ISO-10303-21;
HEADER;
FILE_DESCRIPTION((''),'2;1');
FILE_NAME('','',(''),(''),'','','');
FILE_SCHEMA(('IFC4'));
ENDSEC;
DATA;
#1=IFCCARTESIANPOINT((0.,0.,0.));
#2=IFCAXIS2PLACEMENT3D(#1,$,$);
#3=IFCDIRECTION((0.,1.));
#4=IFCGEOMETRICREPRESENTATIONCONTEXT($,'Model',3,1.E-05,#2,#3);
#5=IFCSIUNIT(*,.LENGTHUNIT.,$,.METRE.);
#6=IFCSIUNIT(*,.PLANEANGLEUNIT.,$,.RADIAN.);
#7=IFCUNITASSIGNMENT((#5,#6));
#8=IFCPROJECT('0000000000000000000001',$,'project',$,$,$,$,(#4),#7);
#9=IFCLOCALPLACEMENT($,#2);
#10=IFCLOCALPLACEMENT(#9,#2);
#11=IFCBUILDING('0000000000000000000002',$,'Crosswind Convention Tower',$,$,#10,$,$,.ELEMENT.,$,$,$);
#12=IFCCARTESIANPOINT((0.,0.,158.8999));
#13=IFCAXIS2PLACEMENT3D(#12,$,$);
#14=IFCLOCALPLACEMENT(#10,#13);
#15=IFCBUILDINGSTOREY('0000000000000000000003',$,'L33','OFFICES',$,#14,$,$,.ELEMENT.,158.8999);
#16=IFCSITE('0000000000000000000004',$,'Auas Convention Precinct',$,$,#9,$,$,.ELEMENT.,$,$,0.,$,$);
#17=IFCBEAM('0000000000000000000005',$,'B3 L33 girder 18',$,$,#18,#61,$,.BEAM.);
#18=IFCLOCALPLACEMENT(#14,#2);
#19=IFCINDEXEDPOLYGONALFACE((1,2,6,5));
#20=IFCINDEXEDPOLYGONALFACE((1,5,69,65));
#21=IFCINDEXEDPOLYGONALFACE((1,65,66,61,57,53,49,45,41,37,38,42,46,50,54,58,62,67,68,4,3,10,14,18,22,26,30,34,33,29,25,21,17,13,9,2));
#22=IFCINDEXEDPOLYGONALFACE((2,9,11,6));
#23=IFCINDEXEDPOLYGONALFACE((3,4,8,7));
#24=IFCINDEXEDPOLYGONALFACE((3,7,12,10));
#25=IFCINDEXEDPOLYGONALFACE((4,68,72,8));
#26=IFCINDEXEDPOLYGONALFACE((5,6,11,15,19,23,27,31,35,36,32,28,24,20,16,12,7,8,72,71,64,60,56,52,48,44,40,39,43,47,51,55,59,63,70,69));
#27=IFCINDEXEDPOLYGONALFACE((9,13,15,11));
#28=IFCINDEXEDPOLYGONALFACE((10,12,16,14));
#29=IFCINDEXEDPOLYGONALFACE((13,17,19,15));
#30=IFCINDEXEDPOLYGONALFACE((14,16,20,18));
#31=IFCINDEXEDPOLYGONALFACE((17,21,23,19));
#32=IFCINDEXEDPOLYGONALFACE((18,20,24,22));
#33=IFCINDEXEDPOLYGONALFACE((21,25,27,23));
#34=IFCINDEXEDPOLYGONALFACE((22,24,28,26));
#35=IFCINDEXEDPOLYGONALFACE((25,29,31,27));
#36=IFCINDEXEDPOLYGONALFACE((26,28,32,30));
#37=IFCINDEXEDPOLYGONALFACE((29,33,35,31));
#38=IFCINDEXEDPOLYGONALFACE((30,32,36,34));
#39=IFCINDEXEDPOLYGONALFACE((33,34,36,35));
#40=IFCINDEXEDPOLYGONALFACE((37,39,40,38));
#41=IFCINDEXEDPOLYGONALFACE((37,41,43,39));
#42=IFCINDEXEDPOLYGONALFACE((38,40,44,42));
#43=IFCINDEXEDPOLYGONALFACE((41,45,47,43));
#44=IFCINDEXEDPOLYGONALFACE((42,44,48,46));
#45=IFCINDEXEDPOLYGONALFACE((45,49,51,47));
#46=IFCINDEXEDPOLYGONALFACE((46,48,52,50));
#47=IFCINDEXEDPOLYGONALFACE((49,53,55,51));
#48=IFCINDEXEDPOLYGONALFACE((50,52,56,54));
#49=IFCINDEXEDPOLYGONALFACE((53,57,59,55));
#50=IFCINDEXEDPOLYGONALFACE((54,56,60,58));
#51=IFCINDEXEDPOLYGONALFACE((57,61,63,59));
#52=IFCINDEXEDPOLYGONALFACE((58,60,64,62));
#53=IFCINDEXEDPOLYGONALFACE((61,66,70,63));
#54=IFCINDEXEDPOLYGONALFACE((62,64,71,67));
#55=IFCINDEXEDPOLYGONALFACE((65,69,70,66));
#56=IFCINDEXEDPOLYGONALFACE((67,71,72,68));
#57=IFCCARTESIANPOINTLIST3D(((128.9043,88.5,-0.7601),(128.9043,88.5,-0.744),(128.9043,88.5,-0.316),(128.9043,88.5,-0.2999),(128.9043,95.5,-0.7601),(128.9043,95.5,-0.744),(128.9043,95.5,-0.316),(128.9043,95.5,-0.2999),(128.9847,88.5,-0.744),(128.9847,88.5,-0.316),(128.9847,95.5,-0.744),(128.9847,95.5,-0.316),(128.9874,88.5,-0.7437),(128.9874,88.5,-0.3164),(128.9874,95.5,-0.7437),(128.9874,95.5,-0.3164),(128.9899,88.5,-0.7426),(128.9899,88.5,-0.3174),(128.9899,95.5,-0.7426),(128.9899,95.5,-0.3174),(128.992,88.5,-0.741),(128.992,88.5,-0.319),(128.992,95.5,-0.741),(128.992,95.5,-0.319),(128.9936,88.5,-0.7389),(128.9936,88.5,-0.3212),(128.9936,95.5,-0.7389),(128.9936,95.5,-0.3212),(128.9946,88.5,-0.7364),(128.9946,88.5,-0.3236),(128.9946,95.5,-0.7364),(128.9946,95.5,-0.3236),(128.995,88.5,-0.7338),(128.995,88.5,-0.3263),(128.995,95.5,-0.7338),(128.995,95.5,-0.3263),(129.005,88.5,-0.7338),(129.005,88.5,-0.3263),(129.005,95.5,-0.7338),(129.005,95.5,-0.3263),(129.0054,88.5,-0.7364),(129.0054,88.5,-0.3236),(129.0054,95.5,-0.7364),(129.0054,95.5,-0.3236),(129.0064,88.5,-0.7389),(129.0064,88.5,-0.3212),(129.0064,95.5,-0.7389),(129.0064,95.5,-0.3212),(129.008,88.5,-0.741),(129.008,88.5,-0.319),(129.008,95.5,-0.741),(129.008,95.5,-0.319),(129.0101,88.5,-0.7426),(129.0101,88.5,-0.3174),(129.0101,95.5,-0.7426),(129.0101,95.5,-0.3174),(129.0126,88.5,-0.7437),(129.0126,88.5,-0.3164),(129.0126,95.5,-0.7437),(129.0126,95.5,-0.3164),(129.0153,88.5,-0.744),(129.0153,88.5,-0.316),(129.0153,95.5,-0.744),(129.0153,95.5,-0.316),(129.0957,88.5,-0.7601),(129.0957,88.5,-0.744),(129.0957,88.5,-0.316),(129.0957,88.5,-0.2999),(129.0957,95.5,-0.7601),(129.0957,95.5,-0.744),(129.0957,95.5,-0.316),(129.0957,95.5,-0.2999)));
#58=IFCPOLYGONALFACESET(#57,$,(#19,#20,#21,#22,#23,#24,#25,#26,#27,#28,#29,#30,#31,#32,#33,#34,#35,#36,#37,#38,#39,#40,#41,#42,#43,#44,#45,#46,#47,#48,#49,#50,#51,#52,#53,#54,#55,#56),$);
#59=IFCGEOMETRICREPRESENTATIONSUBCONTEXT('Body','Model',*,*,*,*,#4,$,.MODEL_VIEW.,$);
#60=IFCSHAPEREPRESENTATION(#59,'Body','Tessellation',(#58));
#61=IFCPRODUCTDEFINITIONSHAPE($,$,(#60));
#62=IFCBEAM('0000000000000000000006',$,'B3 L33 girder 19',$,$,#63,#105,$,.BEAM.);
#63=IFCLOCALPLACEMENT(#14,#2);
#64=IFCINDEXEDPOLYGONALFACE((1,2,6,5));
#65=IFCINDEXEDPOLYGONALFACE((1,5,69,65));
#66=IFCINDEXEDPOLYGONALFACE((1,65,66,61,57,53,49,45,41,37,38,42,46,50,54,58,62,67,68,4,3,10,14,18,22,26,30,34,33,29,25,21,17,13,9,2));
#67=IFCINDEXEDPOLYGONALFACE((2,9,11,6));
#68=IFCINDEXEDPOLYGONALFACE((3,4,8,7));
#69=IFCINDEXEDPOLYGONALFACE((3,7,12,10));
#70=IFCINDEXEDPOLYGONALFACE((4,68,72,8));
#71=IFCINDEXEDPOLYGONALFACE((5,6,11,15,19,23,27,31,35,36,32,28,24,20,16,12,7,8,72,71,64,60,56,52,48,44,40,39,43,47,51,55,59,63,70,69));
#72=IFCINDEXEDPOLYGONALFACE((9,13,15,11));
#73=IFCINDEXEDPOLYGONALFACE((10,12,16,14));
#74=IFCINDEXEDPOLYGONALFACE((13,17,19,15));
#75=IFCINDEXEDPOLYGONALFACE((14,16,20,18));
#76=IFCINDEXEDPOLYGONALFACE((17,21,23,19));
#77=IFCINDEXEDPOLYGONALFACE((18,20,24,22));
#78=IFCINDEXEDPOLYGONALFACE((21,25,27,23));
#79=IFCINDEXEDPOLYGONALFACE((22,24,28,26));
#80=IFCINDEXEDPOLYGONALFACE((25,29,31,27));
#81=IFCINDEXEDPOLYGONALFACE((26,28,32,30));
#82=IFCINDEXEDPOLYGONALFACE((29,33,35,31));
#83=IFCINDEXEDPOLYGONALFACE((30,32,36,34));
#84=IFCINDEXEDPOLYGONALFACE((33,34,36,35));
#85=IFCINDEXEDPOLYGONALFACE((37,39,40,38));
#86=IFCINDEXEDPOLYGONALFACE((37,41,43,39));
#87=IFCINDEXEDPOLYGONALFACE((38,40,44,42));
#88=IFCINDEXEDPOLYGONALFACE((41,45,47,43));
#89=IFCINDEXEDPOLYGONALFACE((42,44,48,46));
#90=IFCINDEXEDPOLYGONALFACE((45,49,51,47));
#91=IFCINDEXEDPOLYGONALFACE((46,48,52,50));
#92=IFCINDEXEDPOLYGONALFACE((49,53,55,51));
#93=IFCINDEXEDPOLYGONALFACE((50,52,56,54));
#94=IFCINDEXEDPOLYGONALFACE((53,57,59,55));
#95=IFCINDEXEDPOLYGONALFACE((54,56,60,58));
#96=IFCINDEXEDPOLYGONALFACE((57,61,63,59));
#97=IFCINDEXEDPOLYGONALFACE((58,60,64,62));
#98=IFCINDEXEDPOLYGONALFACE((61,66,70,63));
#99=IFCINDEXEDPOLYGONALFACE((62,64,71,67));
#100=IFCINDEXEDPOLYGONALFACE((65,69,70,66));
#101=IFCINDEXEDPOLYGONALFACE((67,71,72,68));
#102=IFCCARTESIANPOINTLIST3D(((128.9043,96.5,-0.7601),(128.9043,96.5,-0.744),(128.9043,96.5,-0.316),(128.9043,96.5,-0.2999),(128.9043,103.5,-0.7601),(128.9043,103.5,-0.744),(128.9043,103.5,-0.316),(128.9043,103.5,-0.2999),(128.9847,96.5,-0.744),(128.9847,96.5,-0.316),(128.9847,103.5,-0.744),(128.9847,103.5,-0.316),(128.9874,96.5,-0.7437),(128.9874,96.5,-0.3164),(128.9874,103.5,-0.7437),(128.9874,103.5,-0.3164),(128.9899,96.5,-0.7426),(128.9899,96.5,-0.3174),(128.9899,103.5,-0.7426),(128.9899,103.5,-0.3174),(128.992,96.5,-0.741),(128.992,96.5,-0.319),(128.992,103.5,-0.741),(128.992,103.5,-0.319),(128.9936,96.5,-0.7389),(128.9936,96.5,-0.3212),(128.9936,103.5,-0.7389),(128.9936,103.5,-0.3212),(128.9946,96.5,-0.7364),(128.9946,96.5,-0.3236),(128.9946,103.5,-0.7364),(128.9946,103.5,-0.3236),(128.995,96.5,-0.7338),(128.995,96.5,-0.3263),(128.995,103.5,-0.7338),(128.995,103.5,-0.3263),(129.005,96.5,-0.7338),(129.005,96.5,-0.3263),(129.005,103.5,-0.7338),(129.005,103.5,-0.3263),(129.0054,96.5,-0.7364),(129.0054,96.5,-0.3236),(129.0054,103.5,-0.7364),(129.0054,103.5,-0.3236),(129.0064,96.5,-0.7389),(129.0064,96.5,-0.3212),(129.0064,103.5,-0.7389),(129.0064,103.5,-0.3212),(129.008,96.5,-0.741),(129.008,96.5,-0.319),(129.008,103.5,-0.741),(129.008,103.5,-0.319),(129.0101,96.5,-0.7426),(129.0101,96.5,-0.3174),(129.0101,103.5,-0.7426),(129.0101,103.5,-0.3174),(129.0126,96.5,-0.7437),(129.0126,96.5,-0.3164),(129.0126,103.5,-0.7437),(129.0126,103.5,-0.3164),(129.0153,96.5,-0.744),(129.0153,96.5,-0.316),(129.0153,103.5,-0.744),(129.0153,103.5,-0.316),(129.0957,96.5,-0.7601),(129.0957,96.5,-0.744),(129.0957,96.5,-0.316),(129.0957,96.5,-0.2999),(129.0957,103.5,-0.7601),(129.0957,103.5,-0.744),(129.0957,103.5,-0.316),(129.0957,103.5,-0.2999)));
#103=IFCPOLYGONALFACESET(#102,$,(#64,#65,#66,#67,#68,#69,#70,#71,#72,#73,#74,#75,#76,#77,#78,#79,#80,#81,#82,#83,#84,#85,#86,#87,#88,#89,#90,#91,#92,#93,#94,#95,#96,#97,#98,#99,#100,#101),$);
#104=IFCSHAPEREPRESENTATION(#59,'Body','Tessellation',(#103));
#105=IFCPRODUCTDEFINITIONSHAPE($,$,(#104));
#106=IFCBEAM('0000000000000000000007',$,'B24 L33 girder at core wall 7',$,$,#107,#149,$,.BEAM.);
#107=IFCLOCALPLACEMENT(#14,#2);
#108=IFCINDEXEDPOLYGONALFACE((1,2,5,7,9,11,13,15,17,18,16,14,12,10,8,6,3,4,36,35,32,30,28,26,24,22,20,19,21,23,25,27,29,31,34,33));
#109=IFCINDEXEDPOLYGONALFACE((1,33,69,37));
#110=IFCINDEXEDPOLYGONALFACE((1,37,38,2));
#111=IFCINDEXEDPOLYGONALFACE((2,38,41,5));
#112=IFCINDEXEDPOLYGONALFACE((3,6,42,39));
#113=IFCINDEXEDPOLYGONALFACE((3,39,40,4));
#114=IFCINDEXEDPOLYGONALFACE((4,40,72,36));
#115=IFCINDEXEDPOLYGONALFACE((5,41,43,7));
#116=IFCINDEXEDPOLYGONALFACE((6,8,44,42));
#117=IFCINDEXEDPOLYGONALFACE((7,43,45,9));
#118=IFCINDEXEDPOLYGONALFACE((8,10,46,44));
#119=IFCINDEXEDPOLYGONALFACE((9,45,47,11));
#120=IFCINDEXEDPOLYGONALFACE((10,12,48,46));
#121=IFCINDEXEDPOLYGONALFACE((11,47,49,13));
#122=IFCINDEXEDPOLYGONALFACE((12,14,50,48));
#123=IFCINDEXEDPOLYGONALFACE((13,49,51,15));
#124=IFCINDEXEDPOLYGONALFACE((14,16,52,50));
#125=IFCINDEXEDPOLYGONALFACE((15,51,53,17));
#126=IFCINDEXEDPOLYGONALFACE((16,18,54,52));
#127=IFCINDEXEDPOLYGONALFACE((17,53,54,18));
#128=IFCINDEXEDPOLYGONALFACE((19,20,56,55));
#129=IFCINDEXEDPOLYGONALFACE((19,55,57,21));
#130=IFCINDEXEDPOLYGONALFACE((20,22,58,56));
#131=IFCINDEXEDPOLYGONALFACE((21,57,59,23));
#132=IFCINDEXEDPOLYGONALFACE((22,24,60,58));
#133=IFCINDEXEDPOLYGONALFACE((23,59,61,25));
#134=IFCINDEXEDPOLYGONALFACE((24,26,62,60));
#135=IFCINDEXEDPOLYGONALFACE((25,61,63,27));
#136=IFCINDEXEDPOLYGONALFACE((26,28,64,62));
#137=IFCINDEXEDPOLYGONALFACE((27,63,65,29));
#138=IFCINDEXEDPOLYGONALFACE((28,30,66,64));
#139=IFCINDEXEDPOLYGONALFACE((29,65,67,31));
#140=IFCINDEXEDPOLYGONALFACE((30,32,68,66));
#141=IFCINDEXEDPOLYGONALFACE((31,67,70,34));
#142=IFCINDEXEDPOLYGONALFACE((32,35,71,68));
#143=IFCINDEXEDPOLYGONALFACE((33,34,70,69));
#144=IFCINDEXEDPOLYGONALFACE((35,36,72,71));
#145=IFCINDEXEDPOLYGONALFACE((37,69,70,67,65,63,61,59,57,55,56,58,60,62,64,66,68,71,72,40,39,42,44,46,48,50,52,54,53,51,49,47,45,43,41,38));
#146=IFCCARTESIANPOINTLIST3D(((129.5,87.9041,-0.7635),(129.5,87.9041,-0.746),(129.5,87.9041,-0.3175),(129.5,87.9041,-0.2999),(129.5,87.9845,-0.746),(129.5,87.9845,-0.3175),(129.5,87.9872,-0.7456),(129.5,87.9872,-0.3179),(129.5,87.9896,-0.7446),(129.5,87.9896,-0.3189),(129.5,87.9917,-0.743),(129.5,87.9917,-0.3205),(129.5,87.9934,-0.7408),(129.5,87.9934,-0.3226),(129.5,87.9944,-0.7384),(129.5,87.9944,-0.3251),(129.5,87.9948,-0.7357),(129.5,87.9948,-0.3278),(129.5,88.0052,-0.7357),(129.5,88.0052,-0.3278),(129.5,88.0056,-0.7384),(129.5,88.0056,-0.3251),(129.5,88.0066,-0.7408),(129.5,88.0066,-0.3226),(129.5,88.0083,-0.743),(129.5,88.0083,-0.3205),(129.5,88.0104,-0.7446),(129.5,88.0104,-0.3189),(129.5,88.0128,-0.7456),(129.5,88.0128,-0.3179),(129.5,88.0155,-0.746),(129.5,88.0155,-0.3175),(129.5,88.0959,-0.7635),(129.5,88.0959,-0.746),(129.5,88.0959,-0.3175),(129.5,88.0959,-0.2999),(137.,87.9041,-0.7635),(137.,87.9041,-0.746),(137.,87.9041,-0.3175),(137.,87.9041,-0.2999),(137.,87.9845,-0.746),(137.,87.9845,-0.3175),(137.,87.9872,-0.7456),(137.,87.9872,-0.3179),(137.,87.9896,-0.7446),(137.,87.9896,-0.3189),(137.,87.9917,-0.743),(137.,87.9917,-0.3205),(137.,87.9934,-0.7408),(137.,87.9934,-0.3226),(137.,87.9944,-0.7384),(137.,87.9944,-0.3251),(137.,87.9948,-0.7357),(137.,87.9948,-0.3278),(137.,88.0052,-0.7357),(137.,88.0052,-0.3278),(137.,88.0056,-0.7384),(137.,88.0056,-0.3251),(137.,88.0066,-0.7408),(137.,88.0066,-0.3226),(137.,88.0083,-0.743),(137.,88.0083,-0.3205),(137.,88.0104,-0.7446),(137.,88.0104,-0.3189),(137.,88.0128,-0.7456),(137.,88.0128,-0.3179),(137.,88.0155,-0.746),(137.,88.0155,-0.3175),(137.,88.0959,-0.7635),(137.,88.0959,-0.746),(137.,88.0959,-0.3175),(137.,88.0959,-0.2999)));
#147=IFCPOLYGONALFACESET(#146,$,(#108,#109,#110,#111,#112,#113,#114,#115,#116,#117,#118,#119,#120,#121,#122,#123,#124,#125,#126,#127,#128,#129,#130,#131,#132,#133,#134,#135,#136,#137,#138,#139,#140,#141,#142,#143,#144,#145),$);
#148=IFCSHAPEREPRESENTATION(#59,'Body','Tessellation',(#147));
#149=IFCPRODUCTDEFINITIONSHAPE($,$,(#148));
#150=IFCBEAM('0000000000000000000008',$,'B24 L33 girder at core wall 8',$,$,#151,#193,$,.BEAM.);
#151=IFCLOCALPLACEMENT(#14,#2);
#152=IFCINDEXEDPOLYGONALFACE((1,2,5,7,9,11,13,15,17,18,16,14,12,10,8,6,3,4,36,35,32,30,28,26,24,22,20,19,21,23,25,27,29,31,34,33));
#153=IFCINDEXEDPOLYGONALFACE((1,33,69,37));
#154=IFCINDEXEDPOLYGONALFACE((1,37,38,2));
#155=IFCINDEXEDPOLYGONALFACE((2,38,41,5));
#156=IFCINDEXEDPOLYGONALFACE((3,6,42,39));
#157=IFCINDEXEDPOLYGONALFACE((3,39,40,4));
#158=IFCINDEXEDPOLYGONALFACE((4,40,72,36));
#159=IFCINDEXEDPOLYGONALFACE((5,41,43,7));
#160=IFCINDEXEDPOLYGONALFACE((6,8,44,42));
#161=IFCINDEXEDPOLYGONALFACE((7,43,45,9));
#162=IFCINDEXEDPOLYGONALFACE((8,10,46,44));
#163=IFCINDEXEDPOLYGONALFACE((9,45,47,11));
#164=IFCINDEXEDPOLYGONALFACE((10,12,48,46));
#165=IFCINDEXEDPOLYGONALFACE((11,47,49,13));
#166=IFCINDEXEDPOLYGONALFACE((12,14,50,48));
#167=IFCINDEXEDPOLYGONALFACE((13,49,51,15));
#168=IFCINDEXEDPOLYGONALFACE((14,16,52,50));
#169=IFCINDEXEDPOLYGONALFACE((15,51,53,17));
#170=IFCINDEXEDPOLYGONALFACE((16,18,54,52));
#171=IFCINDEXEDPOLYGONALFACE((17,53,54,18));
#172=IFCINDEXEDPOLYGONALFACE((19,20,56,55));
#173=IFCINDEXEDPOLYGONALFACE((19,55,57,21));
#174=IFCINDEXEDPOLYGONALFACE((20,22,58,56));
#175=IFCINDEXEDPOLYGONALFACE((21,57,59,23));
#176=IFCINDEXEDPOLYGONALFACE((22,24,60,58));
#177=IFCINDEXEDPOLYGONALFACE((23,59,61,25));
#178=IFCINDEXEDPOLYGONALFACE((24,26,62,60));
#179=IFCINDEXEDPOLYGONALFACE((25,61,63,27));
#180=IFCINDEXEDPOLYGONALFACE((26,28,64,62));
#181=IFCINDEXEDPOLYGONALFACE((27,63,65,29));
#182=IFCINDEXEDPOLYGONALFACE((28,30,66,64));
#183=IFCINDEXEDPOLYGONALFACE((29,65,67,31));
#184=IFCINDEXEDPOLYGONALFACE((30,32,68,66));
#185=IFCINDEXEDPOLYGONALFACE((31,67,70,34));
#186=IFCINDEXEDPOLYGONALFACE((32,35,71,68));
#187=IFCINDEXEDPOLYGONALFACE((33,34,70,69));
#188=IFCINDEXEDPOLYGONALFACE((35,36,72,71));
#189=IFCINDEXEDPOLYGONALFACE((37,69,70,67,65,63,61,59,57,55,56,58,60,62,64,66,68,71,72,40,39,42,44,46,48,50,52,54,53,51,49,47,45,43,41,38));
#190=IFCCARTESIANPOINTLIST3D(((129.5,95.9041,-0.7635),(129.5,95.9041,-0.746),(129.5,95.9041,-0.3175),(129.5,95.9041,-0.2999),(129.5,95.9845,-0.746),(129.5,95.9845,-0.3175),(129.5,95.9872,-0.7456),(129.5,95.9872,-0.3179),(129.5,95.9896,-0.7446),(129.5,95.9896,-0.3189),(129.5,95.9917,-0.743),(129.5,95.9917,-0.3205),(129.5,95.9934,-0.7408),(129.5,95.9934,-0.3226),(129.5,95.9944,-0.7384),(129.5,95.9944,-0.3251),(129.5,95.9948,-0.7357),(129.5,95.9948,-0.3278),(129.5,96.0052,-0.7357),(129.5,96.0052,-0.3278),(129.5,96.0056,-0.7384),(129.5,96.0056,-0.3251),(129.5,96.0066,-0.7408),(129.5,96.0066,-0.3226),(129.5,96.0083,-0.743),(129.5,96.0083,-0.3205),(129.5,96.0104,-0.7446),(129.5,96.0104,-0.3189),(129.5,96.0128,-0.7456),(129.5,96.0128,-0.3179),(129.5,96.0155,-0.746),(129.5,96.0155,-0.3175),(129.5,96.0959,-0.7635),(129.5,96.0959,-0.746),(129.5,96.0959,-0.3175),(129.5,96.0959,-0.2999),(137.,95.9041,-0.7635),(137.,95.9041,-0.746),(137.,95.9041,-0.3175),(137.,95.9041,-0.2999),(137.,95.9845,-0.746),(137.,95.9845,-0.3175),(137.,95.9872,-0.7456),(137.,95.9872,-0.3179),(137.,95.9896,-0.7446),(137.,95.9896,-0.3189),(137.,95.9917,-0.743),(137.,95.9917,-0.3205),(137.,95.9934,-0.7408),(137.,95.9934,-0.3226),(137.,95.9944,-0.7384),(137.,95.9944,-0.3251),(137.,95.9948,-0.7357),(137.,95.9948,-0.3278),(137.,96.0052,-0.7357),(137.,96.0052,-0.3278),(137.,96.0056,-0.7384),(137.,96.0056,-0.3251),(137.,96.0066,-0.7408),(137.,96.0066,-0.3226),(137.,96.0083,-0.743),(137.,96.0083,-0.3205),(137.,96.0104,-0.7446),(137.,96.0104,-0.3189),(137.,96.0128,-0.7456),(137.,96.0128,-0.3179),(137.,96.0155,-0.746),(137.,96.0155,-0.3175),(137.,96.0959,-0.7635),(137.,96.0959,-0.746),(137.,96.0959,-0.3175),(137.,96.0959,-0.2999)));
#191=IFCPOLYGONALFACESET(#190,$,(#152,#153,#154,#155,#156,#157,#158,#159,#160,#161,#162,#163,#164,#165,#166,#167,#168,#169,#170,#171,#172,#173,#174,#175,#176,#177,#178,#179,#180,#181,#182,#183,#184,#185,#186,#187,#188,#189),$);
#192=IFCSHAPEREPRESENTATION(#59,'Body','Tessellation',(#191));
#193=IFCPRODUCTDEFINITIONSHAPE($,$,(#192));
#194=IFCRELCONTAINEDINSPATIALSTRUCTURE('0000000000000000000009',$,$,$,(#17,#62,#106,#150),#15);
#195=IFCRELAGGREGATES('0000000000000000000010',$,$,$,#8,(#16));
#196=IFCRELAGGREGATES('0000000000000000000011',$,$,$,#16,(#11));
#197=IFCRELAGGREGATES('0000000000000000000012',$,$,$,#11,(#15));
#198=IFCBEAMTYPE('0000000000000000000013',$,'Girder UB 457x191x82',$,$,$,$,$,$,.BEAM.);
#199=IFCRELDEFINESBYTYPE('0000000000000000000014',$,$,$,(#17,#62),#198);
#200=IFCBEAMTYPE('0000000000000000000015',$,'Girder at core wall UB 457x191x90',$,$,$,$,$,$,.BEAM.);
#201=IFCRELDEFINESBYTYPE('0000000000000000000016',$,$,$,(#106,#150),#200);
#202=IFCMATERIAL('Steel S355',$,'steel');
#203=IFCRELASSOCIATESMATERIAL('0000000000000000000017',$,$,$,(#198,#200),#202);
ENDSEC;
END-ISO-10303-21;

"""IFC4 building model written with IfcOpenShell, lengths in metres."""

from ifc_helpers import new_model, si_unit, direction, frame, origin, origin_2d, place, context, subcontext, project, spatial, i_section, extrude, material, material_profile, profile_set, type_object, element, save


model = new_model("IFC4")

# Units and contexts
model_context = context("Model", 3, precision=1e-05, world=origin(), true_north=direction((0.0, 1.0)))
body_context = subcontext(model_context, "Body", "Model", "MODEL_VIEW")
ifc_project = project(units=[si_unit("LENGTHUNIT", "METRE"), si_unit("PLANEANGLEUNIT", "RADIAN")], contexts=[model_context])

# Site, building, storey
site_placement = place(None, origin())
site = spatial("IfcSite", under=ifc_project, at=site_placement, Name="Auas Convention Precinct", CompositionType="ELEMENT", RefElevation=0.0)
building_placement = place(site_placement, origin())
building = spatial("IfcBuilding", under=site, at=building_placement, Name="Crosswind Convention Tower", CompositionType="ELEMENT")
storey_placement = place(building_placement, frame((0.0, 0.0, 158.8999)))
storey = spatial("IfcBuildingStorey", under=building, at=storey_placement, Name="L33", Description="OFFICES", CompositionType="ELEMENT", Elevation=158.8999)

# Beams
ifc_material_1 = material(Name="Steel S355", Category="steel")
ifc_material_profile_1 = material_profile(ifc_material_1, i_section(OverallWidth=0.1914, OverallDepth=0.4602, WebThickness=0.01, FlangeThickness=0.0161, FilletRadius=0.0103, at=origin_2d()), Name="UB 457x191x82")
ifc_profile_set_1 = profile_set([ifc_material_profile_1], Name="Steel S355")
beam_type_1 = type_object("IfcBeamType", Name="Girder UB 457x191x82", PredefinedType="BEAM", material=ifc_profile_set_1)
for number, where, z_axis, x_axis, name in (
    (1, (129.0, 88.5, -0.53), (0.0, 1.0, 0.0), (-1.0, 0.0, 0.0), "B3 L33 girder 18"),
    (2, (129.0, 96.5, -0.53), (0.0, 1.0, 0.0), (-1.0, 0.0, 0.0), "B3 L33 girder 19"),
):
    element("IfcBeam", number, at=place(storey_placement, frame(where, z_axis=z_axis, x_axis=x_axis)), inside=storey, type_object=beam_type_1, Name=name, PredefinedType="BEAM", context=body_context, shape_type="SweptSolid", body=[
        extrude(i_section(OverallWidth=0.1914, OverallDepth=0.4602, WebThickness=0.01, FlangeThickness=0.0161, FilletRadius=0.0103, at=origin_2d()), origin(), (0.0, 0.0, 1.0), 7.0),
    ])
ifc_material_profile_2 = material_profile(ifc_material_1, i_section(OverallWidth=0.1919, OverallDepth=0.4636, WebThickness=0.0105, FlangeThickness=0.0176, FilletRadius=0.0103, at=origin_2d()), Name="UB 457x191x90")
ifc_profile_set_2 = profile_set([ifc_material_profile_2], Name="Steel S355")
beam_type_2 = type_object("IfcBeamType", Name="Girder at core wall UB 457x191x90", PredefinedType="BEAM", material=ifc_profile_set_2)
for number, where, z_axis, x_axis, name in (
    (3, (129.5, 88.0, -0.5317), (1.0, 0.0, 0.0), (0.0, 1.0, 0.0), "B24 L33 girder at core wall 7"),
    (4, (129.5, 96.0, -0.5317), (1.0, 0.0, 0.0), (0.0, 1.0, 0.0), "B24 L33 girder at core wall 8"),
):
    element("IfcBeam", number, at=place(storey_placement, frame(where, z_axis=z_axis, x_axis=x_axis)), inside=storey, type_object=beam_type_2, Name=name, PredefinedType="BEAM", context=body_context, shape_type="SweptSolid", body=[
        extrude(i_section(OverallWidth=0.1919, OverallDepth=0.4636, WebThickness=0.0105, FlangeThickness=0.0176, FilletRadius=0.0103, at=origin_2d()), origin(), (0.0, 0.0, 1.0), 7.5),
    ])

save(model, "model.ifc")
